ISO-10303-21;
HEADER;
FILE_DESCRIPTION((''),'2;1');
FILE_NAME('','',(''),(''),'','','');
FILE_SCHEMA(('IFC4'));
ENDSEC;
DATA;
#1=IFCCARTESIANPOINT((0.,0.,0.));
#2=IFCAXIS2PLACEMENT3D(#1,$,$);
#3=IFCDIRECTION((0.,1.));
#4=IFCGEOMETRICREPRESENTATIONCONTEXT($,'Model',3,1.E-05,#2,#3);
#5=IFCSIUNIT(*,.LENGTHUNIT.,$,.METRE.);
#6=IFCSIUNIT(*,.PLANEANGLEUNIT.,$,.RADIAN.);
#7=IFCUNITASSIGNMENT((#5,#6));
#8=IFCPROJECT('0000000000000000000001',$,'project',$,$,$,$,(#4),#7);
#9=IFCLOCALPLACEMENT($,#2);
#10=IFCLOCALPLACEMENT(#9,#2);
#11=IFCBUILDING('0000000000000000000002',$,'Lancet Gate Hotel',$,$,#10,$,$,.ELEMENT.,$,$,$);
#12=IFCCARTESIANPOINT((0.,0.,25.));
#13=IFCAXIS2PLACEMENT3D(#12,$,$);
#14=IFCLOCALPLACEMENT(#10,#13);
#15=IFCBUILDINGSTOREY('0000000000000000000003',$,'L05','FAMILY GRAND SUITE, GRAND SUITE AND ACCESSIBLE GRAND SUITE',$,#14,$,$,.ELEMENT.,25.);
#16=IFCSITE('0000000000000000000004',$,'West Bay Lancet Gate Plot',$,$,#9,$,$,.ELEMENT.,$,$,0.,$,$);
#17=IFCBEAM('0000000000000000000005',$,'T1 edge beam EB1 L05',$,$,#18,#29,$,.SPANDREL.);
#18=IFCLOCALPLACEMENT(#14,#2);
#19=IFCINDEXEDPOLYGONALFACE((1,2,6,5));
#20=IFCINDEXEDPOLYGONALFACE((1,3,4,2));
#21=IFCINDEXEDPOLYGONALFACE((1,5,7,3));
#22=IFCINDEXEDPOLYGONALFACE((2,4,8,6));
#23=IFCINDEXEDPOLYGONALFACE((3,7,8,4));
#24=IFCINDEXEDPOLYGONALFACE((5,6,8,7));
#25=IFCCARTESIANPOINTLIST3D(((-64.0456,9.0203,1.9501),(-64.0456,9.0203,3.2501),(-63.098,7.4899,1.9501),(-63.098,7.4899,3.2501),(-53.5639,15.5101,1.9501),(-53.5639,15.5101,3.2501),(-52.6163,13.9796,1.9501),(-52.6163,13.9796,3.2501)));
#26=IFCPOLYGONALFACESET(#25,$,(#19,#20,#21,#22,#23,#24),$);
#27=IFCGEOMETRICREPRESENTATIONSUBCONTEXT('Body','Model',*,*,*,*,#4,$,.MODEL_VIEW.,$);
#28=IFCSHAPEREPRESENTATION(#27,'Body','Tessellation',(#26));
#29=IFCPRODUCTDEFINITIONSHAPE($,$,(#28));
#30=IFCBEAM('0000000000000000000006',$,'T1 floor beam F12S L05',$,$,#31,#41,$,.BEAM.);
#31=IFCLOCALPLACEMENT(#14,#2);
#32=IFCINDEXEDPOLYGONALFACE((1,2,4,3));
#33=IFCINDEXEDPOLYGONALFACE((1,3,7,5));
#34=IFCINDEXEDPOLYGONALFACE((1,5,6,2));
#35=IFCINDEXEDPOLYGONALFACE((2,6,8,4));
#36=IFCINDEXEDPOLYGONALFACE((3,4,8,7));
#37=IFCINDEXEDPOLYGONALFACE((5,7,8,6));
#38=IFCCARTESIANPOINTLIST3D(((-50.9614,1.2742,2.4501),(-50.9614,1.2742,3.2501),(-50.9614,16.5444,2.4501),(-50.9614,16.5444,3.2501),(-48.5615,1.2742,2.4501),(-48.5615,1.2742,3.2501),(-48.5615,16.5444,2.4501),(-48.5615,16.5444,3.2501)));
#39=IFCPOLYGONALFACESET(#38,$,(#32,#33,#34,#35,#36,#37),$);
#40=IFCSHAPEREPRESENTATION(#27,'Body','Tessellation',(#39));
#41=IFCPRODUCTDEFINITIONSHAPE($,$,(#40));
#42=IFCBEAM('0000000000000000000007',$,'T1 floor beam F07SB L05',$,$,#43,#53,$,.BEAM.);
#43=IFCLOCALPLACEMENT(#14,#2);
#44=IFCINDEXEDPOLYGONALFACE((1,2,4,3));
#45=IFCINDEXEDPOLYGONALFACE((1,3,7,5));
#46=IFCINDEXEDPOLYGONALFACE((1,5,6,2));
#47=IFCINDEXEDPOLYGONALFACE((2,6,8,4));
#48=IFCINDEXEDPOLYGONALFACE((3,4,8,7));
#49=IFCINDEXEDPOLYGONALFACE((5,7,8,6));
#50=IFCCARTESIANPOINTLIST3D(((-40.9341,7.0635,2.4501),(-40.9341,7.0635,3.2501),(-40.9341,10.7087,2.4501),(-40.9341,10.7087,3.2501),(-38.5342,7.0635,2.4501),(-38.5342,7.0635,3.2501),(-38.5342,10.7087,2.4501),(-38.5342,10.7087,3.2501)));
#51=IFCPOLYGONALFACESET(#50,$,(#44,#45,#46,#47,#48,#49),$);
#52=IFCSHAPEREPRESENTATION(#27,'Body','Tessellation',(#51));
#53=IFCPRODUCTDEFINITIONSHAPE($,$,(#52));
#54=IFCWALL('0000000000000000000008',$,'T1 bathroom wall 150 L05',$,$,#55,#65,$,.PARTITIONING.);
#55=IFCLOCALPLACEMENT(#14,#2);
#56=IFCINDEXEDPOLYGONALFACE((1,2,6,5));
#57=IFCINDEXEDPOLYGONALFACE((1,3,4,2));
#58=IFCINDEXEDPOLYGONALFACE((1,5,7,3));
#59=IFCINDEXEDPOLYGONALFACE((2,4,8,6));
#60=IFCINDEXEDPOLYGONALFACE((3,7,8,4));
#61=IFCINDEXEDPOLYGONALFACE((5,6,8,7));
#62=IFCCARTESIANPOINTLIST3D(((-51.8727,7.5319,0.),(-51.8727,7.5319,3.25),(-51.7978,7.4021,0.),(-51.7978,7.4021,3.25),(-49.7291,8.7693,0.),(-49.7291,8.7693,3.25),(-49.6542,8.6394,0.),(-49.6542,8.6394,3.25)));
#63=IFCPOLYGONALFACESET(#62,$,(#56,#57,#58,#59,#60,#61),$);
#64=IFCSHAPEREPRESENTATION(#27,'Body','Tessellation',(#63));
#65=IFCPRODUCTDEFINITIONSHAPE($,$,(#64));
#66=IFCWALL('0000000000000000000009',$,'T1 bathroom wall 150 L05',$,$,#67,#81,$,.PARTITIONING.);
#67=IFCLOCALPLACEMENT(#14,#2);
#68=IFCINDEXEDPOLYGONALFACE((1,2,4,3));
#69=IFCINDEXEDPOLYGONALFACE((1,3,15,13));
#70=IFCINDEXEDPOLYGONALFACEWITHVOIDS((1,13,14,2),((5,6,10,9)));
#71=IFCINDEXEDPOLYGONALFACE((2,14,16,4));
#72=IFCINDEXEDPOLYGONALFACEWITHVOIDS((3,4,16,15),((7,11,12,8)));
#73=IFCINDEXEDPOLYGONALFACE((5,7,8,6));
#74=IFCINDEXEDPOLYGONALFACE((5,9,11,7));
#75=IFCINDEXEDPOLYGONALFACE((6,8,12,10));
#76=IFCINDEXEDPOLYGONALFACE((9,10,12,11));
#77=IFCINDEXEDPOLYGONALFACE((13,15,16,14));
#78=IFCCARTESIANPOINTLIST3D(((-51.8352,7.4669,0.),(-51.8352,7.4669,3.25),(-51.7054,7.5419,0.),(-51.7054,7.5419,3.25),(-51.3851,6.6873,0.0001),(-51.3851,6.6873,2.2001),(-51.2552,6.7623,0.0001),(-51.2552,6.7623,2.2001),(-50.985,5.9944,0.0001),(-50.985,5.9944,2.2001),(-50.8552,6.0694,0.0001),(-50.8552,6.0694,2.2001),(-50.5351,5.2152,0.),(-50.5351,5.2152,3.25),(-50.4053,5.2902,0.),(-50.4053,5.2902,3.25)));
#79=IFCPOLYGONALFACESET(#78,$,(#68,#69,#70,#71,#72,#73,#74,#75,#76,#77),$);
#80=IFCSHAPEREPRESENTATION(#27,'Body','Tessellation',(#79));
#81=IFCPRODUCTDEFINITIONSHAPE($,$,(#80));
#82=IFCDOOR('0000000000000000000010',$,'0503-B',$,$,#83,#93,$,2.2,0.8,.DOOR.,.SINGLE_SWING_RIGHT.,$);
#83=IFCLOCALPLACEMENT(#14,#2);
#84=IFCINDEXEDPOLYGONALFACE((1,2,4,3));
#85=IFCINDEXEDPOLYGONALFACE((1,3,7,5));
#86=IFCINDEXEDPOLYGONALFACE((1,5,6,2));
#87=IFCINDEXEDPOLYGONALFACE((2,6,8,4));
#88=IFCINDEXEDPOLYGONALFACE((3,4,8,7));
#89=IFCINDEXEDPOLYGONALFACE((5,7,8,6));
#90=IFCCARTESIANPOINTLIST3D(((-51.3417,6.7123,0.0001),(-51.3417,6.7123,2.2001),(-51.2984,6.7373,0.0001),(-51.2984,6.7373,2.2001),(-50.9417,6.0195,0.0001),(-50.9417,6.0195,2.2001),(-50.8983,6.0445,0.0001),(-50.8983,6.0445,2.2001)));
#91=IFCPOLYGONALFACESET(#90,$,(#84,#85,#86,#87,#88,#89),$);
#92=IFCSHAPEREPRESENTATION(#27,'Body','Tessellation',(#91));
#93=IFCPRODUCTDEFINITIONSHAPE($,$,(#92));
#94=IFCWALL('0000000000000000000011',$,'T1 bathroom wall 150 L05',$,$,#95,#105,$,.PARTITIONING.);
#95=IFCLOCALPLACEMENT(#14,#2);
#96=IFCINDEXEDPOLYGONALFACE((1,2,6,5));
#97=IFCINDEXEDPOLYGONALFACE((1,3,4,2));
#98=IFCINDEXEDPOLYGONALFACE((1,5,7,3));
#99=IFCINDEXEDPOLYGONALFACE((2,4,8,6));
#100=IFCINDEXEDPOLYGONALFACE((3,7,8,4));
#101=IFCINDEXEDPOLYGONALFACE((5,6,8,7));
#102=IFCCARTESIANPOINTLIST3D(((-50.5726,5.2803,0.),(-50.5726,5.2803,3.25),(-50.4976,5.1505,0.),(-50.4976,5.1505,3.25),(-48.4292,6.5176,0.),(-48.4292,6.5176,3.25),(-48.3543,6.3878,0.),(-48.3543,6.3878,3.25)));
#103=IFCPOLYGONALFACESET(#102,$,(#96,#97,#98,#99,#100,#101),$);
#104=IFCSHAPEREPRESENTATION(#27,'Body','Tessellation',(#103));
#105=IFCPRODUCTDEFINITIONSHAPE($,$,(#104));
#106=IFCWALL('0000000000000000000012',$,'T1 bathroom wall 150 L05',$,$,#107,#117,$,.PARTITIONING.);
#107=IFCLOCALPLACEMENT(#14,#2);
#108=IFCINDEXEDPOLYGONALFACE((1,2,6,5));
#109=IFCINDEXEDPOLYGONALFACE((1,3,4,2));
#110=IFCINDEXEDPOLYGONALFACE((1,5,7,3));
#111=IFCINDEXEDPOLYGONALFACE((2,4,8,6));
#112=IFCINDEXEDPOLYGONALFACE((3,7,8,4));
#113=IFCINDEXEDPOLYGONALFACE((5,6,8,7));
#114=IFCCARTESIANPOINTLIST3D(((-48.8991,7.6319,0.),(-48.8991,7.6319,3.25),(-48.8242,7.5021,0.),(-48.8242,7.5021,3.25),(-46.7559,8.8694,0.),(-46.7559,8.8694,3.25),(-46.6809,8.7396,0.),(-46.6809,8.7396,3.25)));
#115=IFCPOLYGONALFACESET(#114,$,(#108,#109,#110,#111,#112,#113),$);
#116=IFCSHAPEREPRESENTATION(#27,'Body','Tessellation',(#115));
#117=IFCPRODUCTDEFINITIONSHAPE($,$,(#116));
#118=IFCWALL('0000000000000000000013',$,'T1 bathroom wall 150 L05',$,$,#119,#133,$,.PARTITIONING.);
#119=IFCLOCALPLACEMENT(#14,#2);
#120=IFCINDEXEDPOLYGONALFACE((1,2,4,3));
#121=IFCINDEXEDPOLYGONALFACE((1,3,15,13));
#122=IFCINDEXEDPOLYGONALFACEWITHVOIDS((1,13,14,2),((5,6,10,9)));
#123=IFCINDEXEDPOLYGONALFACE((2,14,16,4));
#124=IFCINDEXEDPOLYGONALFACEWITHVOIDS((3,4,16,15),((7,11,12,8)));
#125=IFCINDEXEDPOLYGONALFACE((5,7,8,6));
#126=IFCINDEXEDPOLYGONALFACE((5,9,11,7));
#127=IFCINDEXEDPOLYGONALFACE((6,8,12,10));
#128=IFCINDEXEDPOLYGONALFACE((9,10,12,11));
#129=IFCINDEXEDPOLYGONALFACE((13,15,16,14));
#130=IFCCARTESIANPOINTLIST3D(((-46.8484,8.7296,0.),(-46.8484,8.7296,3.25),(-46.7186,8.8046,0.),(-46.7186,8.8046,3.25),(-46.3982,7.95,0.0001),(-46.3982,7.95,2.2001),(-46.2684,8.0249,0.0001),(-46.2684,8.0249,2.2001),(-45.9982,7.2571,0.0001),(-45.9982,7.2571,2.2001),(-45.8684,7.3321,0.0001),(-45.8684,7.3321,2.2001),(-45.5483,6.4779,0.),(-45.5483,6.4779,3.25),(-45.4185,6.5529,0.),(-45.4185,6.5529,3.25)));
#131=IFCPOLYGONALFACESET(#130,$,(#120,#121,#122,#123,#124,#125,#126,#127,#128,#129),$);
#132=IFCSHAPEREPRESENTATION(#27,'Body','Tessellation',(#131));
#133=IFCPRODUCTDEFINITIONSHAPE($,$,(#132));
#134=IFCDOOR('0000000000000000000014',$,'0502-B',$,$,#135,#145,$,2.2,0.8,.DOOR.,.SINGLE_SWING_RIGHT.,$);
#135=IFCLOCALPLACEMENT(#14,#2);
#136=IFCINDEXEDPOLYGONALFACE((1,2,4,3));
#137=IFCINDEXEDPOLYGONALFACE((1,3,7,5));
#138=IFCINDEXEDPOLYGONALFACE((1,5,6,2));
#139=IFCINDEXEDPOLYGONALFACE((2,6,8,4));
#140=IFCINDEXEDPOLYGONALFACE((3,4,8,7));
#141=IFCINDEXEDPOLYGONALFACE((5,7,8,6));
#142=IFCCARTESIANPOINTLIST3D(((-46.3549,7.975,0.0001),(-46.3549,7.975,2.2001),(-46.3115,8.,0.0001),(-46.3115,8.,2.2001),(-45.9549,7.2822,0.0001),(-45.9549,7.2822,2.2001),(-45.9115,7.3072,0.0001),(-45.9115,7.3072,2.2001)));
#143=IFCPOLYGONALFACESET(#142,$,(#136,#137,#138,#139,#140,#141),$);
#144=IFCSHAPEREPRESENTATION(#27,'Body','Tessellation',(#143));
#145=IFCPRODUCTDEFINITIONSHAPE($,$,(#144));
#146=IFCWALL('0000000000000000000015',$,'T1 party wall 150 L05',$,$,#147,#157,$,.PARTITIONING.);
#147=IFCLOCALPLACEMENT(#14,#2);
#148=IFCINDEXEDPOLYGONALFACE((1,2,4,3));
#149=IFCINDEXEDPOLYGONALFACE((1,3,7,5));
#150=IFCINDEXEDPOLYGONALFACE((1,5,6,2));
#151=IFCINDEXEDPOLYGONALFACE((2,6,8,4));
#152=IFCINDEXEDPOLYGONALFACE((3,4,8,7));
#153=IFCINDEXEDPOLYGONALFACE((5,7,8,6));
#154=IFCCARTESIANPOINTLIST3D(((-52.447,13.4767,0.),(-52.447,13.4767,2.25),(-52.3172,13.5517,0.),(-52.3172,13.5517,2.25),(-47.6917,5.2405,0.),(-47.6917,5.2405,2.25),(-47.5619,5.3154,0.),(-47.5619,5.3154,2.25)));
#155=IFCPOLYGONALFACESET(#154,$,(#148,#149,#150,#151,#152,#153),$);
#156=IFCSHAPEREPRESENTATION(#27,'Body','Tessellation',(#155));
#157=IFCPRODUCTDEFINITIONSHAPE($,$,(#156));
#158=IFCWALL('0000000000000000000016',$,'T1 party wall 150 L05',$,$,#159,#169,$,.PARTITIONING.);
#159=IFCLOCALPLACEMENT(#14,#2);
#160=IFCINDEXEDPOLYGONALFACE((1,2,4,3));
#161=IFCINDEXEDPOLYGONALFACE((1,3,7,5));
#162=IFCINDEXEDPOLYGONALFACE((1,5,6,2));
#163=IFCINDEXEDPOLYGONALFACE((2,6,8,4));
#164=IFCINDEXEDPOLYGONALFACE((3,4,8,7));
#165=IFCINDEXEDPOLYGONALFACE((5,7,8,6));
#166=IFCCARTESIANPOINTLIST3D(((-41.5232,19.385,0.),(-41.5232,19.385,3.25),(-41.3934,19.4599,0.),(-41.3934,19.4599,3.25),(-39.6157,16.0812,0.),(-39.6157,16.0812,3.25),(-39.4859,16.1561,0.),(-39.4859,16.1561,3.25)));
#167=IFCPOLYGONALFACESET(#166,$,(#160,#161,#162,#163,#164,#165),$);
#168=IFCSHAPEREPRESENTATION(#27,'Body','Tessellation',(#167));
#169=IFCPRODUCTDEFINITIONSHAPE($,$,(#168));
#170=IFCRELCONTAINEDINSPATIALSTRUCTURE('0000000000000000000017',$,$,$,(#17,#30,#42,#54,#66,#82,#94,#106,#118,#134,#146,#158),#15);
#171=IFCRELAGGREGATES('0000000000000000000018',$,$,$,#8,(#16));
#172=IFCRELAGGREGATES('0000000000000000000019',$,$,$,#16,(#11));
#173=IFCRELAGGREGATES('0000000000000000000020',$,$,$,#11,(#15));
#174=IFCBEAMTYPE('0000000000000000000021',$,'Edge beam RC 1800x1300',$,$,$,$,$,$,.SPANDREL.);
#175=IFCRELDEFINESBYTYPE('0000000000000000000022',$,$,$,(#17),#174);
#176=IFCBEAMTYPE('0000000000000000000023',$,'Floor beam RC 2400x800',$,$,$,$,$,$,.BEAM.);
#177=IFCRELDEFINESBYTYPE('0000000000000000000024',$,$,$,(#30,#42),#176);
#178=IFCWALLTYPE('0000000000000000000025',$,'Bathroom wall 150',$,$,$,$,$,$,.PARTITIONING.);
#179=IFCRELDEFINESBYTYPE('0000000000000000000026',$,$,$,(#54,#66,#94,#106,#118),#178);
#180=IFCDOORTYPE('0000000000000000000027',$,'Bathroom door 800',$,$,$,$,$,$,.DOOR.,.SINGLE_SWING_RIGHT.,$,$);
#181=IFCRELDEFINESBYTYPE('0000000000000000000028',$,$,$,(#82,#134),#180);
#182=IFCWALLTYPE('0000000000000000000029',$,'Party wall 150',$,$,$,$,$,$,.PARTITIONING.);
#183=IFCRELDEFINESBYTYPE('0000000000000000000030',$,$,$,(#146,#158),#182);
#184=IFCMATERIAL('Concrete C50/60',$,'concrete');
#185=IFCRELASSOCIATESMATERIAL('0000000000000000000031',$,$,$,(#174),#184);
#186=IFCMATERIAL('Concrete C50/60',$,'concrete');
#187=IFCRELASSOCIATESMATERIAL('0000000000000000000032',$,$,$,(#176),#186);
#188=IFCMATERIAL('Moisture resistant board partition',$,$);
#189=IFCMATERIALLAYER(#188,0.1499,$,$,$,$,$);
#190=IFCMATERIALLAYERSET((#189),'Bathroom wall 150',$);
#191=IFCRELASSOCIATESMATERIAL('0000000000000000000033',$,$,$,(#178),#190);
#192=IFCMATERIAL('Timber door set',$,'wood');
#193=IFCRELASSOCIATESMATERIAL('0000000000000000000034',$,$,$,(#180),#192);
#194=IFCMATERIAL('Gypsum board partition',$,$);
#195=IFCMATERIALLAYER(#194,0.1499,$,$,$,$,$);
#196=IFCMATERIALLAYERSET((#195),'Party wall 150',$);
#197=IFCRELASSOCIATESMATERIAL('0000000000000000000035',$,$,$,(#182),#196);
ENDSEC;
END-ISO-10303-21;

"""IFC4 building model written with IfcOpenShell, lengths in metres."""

from ifc_helpers import new_model, si_unit, direction, frame, frame_2d, origin, origin_2d, place, context, subcontext, project, spatial, rectangle, extrude, material, layer, layer_set, material_profile, profile_set, type_object, element, fill, save


model = new_model("IFC4")

# Units and contexts
model_context = context("Model", 3, precision=1e-05, world=origin(), true_north=direction((0.0, 1.0)))
body_context = subcontext(model_context, "Body", "Model", "MODEL_VIEW")
ifc_project = project(units=[si_unit("LENGTHUNIT", "METRE"), si_unit("PLANEANGLEUNIT", "RADIAN")], contexts=[model_context])

# Site, building, storey
site_placement = place(None, origin())
site = spatial("IfcSite", under=ifc_project, at=site_placement, Name="West Bay Lancet Gate Plot", CompositionType="ELEMENT", RefElevation=0.0)
building_placement = place(site_placement, origin())
building = spatial("IfcBuilding", under=site, at=building_placement, Name="Lancet Gate Hotel", CompositionType="ELEMENT")
storey_placement = place(building_placement, frame((0.0, 0.0, 25.0)))
storey = spatial("IfcBuildingStorey", under=building, at=storey_placement, Name="L05", Description="FAMILY GRAND SUITE, GRAND SUITE AND ACCESSIBLE GRAND SUITE", CompositionType="ELEMENT", Elevation=25.0)

# Beams
ifc_material_1 = material(Name="Concrete C50/60", Category="concrete")
ifc_material_profile_1 = material_profile(ifc_material_1, rectangle(XDim=1.8, YDim=1.3, at=origin_2d()), Name="RC 1800x1300")
ifc_profile_set_1 = profile_set([ifc_material_profile_1], Name="Concrete C50/60")
beam_type_1 = type_object("IfcBeamType", Name="Edge beam RC 1800x1300", PredefinedType="SPANDREL", material=ifc_profile_set_1)
beam_1_placement = place(storey_placement, frame((-53.0901, 14.7449, 2.6001), z_axis=(-0.850226, -0.526418, 0.0), x_axis=(0.526418, -0.850226, 0.0)))
element("IfcBeam", 1, at=beam_1_placement, inside=storey, type_object=beam_type_1, Name="T1 edge beam EB1 L05", PredefinedType="SPANDREL", context=body_context, shape_type="SweptSolid", body=[
    extrude(rectangle(XDim=1.8, YDim=1.3, at=origin_2d()), origin(), (0.0, 0.0, 1.0), 12.3281),
])
ifc_material_2 = material(Name="Concrete C50/60", Category="concrete")
ifc_material_profile_2 = material_profile(ifc_material_2, rectangle(XDim=2.3999, YDim=0.8, at=origin_2d()), Name="RC 2400x800")
ifc_profile_set_2 = profile_set([ifc_material_profile_2], Name="Concrete C50/60")
beam_type_2 = type_object("IfcBeamType", Name="Floor beam RC 2400x800", PredefinedType="BEAM", material=ifc_profile_set_2)
beam_2_placement = place(storey_placement, frame((-49.7615, 16.5444, 2.8501), z_axis=(0.0, -1.0, 0.0), x_axis=(1.0, 0.0, 0.0)))
element("IfcBeam", 2, at=beam_2_placement, inside=storey, type_object=beam_type_2, Name="T1 floor beam F12S L05", PredefinedType="BEAM", context=body_context, shape_type="SweptSolid", body=[
    extrude(rectangle(XDim=2.3999, YDim=0.8, at=origin_2d()), origin(), (0.0, 0.0, 1.0), 15.2703),
])
beam_3_placement = place(storey_placement, frame((-39.7341, 10.7087, 2.8501), z_axis=(0.0, -1.0, 0.0), x_axis=(1.0, 0.0, 0.0)))
element("IfcBeam", 3, at=beam_3_placement, inside=storey, type_object=beam_type_2, Name="T1 floor beam F07SB L05", PredefinedType="BEAM", context=body_context, shape_type="SweptSolid", body=[
    extrude(rectangle(XDim=2.3999, YDim=0.8, at=origin_2d()), origin(), (0.0, 0.0, 1.0), 3.6453),
])

# Wall
ifc_material_3 = material(Name="Moisture resistant board partition")
ifc_layer_1 = layer(ifc_material_3, 0.1499)
ifc_layer_set_1 = layer_set([ifc_layer_1], Name="Bathroom wall 150")
wall_type_1 = type_object("IfcWallType", Name="Bathroom wall 150", PredefinedType="PARTITIONING", material=ifc_layer_set_1)
wall_1_placement = place(storey_placement, frame((-49.6917, 8.7043, 0.0), z_axis=(0.0, 0.0, 1.0), x_axis=(-0.866074, -0.499916, 0.0)))
element("IfcWall", 4, at=wall_1_placement, inside=storey, type_object=wall_type_1, Name="T1 bathroom wall 150 L05", PredefinedType="PARTITIONING", context=body_context, shape_type="SweptSolid", body=[
    extrude(rectangle(XDim=2.4751, YDim=0.1499, at=frame_2d((1.2375, 0.0))), origin(), (0.0, 0.0, 1.0), 3.25),
])

# Wall, opening, door
wall_2_placement = place(storey_placement, frame((-50.4702, 5.2527, 0.0), z_axis=(0.0, 0.0, 1.0), x_axis=(-0.500007, 0.866021, 0.0)))
wall_2 = element("IfcWall", 5, at=wall_2_placement, inside=storey, type_object=wall_type_1, Name="T1 bathroom wall 150 L05", PredefinedType="PARTITIONING", context=body_context, shape_type="SweptSolid", body=[
    extrude(rectangle(XDim=2.6001, YDim=0.1499, at=frame_2d((1.3, 0.0))), origin(), (0.0, 0.0, 1.0), 3.25),
])
opening_1_placement = place(wall_2_placement, frame((0.8999, 0.0, 0.0)))
opening_1 = element("IfcOpeningElement", 6, at=opening_1_placement, cuts=wall_2, PredefinedType="OPENING", context=body_context, shape_type="SweptSolid", body=[
    extrude(rectangle(XDim=0.8, YDim=2.2, at=frame_2d((0.3999, 1.1001))), frame((0.0, 0.085, 0.0), z_axis=(0.0, -1.0, 0.0), x_axis=(1.0, 0.0, 0.0)), (0.0, 0.0, 1.0), 0.1699),
])
ifc_material_4 = material(Name="Timber door set", Category="wood")
door_type_1 = type_object("IfcDoorType", Name="Bathroom door 800", OperationType="SINGLE_SWING_RIGHT", PredefinedType="DOOR", material=ifc_material_4)
door_1_placement = place(opening_1_placement, origin())
door_1 = element("IfcDoor", 7, at=door_1_placement, inside=storey, type_object=door_type_1, Name="0503-B", OperationType="SINGLE_SWING_RIGHT", OverallHeight=2.2, OverallWidth=0.8, PredefinedType="DOOR", context=body_context, shape_type="SweptSolid", body=[
    extrude(rectangle(XDim=0.8, YDim=2.2, at=frame_2d((0.3999, 1.1001))), frame((0.0, 0.0249, 0.0), z_axis=(0.0, -1.0, 0.0), x_axis=(1.0, 0.0, 0.0)), (0.0, 0.0, 1.0), 0.05),
])
fill(opening_1, door_1)

# Walls
for number, where, z_axis, x_axis, name in (
    (8, (-48.3918, 6.4526, 0.0), (0.0, 0.0, 1.0), (-0.866049, -0.499959, 0.0), "T1 bathroom wall 150 L05"),
    (9, (-46.7185, 8.8044, 0.0), (0.0, 0.0, 1.0), (-0.866007, -0.500033, 0.0), "T1 bathroom wall 150 L05"),
):
    element("IfcWall", number, at=place(storey_placement, frame(where, z_axis=z_axis, x_axis=x_axis)), inside=storey, type_object=wall_type_1, Name=name, PredefinedType="PARTITIONING", context=body_context, shape_type="SweptSolid", body=[
        extrude(rectangle(XDim=2.4749, YDim=0.1499, at=frame_2d((1.2373, 0.0))), origin(), (0.0, 0.0, 1.0), 3.25),
    ])

# Wall, opening, door
wall_3_placement = place(storey_placement, frame((-45.4834, 6.5154, 0.0), z_axis=(0.0, 0.0, 1.0), x_axis=(-0.500007, 0.866021, 0.0)))
wall_3 = element("IfcWall", 10, at=wall_3_placement, inside=storey, type_object=wall_type_1, Name="T1 bathroom wall 150 L05", PredefinedType="PARTITIONING", context=body_context, shape_type="SweptSolid", body=[
    extrude(rectangle(XDim=2.6001, YDim=0.1499, at=frame_2d((1.3, 0.0))), origin(), (0.0, 0.0, 1.0), 3.25),
])
opening_2_placement = place(wall_3_placement, frame((0.8999, 0.0, 0.0)))
opening_2 = element("IfcOpeningElement", 11, at=opening_2_placement, cuts=wall_3, PredefinedType="OPENING", context=body_context, shape_type="SweptSolid", body=[
    extrude(rectangle(XDim=0.8, YDim=2.2, at=frame_2d((0.3999, 1.1001))), frame((0.0, 0.085, 0.0), z_axis=(0.0, -1.0, 0.0), x_axis=(1.0, 0.0, 0.0)), (0.0, 0.0, 1.0), 0.1699),
])
door_2_placement = place(opening_2_placement, origin())
door_2 = element("IfcDoor", 12, at=door_2_placement, inside=storey, type_object=door_type_1, Name="0502-B", OperationType="SINGLE_SWING_RIGHT", OverallHeight=2.2, OverallWidth=0.8, PredefinedType="DOOR", context=body_context, shape_type="SweptSolid", body=[
    extrude(rectangle(XDim=0.8, YDim=2.2, at=frame_2d((0.3999, 1.1001))), frame((0.0, 0.0249, 0.0), z_axis=(0.0, -1.0, 0.0), x_axis=(1.0, 0.0, 0.0)), (0.0, 0.0, 1.0), 0.05),
])
fill(opening_2, door_2)

# Walls
ifc_material_5 = material(Name="Gypsum board partition")
ifc_layer_2 = layer(ifc_material_5, 0.1499)
ifc_layer_set_2 = layer_set([ifc_layer_2], Name="Party wall 150")
wall_type_2 = type_object("IfcWallType", Name="Party wall 150", PredefinedType="PARTITIONING", material=ifc_layer_set_2)
wall_4_placement = place(storey_placement, frame((-47.6267, 5.2778, 0.0), z_axis=(0.0, 0.0, 1.0), x_axis=(-0.50001, 0.86602, 0.0)))
element("IfcWall", 13, at=wall_4_placement, inside=storey, type_object=wall_type_2, Name="T1 party wall 150 L05", PredefinedType="PARTITIONING", context=body_context, shape_type="SweptSolid", body=[
    extrude(rectangle(XDim=9.5105, YDim=0.1499, at=frame_2d((4.7554, 0.0))), origin(), (0.0, 0.0, 1.0), 2.25),
])
wall_5_placement = place(storey_placement, frame((-39.5508, 16.1187, 0.0), z_axis=(0.0, 0.0, 1.0), x_axis=(-0.500014, 0.866017, 0.0)))
element("IfcWall", 14, at=wall_5_placement, inside=storey, type_object=wall_type_2, Name="T1 party wall 150 L05", PredefinedType="PARTITIONING", context=body_context, shape_type="SweptSolid", body=[
    extrude(rectangle(XDim=3.8149, YDim=0.1499, at=frame_2d((1.9075, 0.0))), origin(), (0.0, 0.0, 1.0), 3.25),
])

save(model, "model.ifc")
